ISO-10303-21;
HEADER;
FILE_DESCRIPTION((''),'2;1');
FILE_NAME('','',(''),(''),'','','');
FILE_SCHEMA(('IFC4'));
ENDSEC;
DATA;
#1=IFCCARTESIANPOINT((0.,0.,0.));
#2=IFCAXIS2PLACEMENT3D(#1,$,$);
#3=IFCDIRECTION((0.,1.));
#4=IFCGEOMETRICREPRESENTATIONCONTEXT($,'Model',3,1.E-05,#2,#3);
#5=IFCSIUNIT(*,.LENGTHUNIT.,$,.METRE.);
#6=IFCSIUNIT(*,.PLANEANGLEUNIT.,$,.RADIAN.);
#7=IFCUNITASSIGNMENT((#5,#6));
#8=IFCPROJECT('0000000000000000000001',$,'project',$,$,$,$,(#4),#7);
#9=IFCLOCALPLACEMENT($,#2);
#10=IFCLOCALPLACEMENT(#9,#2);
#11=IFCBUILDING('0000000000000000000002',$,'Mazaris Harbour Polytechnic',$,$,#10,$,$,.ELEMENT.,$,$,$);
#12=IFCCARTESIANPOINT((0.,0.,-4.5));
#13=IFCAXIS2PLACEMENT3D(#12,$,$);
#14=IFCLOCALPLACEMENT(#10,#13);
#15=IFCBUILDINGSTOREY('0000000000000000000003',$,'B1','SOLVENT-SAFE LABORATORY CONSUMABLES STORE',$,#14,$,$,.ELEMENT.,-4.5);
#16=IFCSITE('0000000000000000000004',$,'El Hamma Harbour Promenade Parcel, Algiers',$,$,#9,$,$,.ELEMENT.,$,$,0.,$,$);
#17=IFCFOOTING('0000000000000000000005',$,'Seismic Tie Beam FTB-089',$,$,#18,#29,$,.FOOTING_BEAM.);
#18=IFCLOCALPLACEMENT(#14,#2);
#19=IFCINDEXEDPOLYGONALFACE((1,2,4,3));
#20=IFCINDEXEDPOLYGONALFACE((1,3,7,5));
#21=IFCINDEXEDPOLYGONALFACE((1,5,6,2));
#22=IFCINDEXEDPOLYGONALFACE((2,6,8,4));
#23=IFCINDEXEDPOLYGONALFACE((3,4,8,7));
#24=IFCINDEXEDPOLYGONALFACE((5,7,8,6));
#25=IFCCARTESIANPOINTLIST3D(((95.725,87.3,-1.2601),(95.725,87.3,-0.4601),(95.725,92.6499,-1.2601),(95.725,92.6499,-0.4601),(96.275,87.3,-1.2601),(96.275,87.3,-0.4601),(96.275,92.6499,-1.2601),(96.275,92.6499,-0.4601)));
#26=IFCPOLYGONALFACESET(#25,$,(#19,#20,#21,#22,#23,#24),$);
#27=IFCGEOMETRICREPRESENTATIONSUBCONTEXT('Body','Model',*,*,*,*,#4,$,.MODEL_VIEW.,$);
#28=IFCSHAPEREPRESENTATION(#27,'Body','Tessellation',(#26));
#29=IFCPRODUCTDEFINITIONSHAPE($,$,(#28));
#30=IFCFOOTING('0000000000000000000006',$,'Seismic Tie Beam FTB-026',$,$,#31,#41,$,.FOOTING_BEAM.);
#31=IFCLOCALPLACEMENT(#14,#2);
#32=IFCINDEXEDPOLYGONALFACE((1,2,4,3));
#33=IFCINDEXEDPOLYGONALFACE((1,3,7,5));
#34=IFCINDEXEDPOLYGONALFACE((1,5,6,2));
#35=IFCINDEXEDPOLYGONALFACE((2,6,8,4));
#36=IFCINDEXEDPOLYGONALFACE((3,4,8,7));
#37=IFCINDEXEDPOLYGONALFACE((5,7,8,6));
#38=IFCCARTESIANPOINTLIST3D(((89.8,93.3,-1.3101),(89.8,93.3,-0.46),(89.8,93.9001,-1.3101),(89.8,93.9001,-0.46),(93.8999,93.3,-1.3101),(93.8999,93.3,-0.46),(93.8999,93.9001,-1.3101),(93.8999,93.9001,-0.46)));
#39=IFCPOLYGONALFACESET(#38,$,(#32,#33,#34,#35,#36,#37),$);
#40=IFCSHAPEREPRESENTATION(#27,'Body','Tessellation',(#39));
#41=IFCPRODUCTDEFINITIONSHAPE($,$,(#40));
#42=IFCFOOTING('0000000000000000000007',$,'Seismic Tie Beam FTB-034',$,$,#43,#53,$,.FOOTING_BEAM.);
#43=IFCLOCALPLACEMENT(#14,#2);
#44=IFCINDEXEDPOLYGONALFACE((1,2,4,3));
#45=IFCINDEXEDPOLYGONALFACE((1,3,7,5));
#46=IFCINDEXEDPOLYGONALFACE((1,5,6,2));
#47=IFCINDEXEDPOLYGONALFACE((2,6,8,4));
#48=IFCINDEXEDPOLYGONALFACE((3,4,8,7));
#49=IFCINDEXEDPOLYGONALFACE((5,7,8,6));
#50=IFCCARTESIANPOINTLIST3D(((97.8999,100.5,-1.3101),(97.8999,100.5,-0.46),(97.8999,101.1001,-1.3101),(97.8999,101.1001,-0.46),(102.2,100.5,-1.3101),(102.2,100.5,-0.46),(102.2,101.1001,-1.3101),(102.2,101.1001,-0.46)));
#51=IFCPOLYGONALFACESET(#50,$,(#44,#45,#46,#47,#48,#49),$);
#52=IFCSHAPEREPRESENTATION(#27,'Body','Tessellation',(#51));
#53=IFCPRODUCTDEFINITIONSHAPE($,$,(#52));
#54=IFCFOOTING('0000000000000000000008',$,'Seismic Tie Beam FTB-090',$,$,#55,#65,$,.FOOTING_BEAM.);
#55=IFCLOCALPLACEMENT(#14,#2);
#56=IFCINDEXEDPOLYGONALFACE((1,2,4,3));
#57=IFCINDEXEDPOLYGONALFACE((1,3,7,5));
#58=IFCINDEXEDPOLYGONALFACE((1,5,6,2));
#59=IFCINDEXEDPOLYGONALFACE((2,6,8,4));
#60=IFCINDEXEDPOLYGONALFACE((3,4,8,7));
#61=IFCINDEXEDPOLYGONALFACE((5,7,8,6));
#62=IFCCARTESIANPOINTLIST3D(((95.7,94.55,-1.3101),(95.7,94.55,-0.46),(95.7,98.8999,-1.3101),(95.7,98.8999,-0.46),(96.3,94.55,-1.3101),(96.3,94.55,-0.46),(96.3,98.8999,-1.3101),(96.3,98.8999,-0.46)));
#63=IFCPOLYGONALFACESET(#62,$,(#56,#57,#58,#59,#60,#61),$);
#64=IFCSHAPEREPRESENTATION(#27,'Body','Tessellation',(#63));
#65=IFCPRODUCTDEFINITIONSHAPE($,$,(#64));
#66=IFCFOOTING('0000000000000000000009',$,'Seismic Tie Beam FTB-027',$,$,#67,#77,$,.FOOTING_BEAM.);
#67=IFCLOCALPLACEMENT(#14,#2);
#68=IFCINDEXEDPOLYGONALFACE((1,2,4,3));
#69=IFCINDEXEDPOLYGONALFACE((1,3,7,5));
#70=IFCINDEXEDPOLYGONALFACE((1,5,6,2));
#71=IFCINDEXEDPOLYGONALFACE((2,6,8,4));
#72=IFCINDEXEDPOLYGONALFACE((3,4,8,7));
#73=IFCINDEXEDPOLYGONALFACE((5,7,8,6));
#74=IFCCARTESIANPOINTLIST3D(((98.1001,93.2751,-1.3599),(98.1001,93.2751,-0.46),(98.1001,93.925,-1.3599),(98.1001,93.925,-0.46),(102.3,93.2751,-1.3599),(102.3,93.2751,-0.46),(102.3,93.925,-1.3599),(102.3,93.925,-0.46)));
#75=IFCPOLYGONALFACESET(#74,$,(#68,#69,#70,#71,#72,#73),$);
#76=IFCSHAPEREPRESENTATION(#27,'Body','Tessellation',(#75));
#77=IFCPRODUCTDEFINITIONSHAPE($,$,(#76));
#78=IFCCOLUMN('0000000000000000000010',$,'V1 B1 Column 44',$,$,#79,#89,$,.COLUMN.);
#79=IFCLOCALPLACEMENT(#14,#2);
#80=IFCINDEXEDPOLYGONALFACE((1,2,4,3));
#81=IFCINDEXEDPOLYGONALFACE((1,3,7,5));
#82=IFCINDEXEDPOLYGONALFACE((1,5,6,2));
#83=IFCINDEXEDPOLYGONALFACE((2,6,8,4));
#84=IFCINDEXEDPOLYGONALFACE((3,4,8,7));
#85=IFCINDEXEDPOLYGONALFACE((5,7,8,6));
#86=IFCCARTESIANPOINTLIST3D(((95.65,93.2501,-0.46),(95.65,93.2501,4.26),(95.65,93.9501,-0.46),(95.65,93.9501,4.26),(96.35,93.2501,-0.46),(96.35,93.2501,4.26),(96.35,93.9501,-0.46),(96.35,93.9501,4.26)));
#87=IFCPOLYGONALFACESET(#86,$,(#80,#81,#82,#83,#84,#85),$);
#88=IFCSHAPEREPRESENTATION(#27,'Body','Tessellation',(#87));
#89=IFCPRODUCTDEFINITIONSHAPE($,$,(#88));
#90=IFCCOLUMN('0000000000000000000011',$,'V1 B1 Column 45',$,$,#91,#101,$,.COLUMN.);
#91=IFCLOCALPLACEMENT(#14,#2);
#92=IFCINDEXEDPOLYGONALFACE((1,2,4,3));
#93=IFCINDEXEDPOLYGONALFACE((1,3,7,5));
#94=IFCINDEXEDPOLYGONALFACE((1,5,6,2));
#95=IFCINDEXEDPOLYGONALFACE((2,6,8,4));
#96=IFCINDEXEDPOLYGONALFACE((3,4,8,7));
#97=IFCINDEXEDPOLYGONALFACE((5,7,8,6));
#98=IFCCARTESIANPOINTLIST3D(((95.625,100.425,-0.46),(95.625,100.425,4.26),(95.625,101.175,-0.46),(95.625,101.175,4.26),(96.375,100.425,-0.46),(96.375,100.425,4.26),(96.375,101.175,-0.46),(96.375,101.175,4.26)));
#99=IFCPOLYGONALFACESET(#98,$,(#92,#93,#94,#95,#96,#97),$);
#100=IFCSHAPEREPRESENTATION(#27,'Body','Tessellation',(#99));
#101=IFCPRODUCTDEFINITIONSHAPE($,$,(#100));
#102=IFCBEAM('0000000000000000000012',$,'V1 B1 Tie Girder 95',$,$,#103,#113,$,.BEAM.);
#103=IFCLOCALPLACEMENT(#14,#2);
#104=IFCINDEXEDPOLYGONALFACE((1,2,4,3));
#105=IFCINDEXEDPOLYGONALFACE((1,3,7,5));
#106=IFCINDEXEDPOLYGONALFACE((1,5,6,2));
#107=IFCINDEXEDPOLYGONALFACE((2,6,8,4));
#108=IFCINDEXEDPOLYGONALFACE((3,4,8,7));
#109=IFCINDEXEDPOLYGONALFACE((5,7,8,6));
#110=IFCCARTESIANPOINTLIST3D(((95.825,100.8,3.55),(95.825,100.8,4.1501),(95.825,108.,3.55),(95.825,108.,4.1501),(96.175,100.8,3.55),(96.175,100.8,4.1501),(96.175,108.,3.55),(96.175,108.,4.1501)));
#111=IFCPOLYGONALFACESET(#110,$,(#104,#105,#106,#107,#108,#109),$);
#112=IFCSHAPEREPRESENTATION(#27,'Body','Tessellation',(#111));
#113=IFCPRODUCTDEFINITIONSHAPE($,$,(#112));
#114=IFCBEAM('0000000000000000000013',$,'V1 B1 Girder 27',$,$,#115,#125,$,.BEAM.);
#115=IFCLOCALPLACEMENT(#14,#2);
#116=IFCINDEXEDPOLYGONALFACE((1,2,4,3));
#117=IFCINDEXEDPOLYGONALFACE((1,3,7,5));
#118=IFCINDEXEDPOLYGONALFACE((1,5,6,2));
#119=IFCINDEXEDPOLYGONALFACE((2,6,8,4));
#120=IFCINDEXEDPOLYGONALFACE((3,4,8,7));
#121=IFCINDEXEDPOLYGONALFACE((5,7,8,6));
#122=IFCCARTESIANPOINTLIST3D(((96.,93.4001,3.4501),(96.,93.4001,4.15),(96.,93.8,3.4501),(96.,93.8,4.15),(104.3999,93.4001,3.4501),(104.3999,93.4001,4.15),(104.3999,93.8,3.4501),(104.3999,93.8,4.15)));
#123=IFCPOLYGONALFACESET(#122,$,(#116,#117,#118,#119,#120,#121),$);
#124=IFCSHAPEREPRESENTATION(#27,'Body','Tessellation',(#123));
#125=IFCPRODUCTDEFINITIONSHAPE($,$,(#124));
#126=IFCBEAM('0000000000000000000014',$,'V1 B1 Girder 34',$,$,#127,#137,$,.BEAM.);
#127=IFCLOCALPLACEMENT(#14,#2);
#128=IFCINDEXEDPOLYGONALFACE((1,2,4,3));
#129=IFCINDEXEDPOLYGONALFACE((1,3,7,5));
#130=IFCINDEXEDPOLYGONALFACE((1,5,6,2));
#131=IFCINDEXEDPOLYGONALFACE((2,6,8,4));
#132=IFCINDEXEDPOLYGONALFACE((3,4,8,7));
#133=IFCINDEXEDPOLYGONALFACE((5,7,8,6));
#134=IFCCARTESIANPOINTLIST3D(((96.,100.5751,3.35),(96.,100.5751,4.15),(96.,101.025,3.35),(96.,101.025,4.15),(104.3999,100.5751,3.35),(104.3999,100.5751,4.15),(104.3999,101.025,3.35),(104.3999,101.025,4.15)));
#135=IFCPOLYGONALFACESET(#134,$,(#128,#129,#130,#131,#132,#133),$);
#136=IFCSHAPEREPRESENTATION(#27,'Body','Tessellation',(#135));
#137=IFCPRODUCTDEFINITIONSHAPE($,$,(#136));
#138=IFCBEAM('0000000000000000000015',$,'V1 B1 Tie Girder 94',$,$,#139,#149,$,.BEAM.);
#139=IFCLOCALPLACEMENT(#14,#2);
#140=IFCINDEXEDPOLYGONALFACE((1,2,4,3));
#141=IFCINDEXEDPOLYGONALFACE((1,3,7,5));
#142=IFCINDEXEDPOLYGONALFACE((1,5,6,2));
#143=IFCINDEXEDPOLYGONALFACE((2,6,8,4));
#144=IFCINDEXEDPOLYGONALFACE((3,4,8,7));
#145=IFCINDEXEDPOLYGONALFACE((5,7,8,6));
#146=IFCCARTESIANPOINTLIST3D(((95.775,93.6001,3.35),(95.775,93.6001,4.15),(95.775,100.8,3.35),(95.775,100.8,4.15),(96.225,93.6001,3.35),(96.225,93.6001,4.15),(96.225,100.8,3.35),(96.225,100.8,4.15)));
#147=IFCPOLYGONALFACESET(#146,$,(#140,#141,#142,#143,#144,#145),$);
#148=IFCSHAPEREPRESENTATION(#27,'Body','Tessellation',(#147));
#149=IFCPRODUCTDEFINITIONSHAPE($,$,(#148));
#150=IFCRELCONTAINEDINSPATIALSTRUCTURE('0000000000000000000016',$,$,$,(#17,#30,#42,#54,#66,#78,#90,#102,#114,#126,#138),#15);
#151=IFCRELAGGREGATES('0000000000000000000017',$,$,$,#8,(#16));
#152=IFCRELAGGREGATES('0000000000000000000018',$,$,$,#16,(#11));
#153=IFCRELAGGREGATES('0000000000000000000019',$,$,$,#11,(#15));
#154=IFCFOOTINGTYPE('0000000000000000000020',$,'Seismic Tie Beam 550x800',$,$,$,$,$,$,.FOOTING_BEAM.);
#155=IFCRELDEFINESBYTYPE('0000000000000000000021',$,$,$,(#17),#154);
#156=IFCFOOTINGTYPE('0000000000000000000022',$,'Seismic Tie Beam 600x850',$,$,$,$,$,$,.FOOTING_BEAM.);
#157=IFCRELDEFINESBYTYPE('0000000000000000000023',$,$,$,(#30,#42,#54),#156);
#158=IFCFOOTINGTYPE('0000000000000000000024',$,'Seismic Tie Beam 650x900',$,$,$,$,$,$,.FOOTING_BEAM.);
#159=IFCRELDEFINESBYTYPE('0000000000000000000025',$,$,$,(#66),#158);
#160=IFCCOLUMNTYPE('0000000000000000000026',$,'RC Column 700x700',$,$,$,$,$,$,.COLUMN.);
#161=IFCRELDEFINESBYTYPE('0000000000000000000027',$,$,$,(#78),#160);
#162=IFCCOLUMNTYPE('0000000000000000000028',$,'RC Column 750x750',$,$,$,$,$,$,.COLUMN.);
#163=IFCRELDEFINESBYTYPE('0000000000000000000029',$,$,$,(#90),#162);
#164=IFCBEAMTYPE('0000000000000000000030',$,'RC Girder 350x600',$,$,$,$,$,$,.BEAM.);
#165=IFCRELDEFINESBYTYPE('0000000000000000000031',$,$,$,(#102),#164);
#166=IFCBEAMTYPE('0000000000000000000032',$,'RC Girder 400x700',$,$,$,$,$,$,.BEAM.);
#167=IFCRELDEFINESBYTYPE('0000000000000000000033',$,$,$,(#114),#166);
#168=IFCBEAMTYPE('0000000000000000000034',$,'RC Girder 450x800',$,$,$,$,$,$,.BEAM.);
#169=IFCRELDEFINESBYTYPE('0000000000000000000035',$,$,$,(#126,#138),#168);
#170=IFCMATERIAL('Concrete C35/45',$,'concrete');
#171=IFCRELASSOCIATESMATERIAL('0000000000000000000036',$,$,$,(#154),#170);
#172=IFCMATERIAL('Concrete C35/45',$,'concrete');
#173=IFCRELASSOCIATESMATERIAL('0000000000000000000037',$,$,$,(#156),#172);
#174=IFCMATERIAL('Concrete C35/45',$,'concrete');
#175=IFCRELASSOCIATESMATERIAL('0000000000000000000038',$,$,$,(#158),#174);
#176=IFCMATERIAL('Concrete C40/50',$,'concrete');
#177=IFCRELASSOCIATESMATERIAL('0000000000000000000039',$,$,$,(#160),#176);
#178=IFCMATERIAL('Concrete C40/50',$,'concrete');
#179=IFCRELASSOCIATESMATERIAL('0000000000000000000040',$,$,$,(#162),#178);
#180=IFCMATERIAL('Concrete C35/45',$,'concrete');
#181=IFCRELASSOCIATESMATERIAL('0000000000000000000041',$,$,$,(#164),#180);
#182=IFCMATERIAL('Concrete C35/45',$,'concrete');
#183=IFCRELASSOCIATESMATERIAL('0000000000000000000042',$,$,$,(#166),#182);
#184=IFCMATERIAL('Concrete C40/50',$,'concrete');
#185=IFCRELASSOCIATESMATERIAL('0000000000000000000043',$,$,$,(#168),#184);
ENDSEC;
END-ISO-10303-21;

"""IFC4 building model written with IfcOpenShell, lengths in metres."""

from ifc_helpers import new_model, si_unit, direction, frame, origin, origin_2d, place, context, subcontext, project, spatial, rectangle, extrude, material, material_profile, profile_set, type_object, element, save


model = new_model("IFC4")

# Units and contexts
model_context = context("Model", 3, precision=1e-05, world=origin(), true_north=direction((0.0, 1.0)))
body_context = subcontext(model_context, "Body", "Model", "MODEL_VIEW")
ifc_project = project(units=[si_unit("LENGTHUNIT", "METRE"), si_unit("PLANEANGLEUNIT", "RADIAN")], contexts=[model_context])

# Site, building, storey
site_placement = place(None, origin())
site = spatial("IfcSite", under=ifc_project, at=site_placement, Name="El Hamma Harbour Promenade Parcel, Algiers", CompositionType="ELEMENT", RefElevation=0.0)
building_placement = place(site_placement, origin())
building = spatial("IfcBuilding", under=site, at=building_placement, Name="Mazaris Harbour Polytechnic", CompositionType="ELEMENT")
storey_placement = place(building_placement, frame((0.0, 0.0, -4.5)))
storey = spatial("IfcBuildingStorey", under=building, at=storey_placement, Name="B1", Description="SOLVENT-SAFE LABORATORY CONSUMABLES STORE", CompositionType="ELEMENT", Elevation=-4.5)

# Footings
ifc_material_1 = material(Name="Concrete C35/45", Category="concrete")
ifc_material_profile_1 = material_profile(ifc_material_1, rectangle(XDim=0.55, YDim=0.8, at=origin_2d()), Name="RECT550x800")
ifc_profile_set_1 = profile_set([ifc_material_profile_1], Name="Concrete C35/45")
footing_type_1 = type_object("IfcFootingType", Name="Seismic Tie Beam 550x800", PredefinedType="FOOTING_BEAM", material=ifc_profile_set_1)
footing_1_placement = place(storey_placement, frame((96.0, 87.3, -0.8601), z_axis=(0.0, 1.0, 0.0), x_axis=(-1.0, 0.0, 0.0)))
element("IfcFooting", 1, at=footing_1_placement, inside=storey, type_object=footing_type_1, Name="Seismic Tie Beam FTB-089", PredefinedType="FOOTING_BEAM", context=body_context, shape_type="SweptSolid", body=[
    extrude(rectangle(XDim=0.55, YDim=0.8, at=origin_2d()), origin(), (0.0, 0.0, 1.0), 5.3499),
])
ifc_material_2 = material(Name="Concrete C35/45", Category="concrete")
ifc_material_profile_2 = material_profile(ifc_material_2, rectangle(XDim=0.6001, YDim=0.8501, at=origin_2d()), Name="RECT600x850")
ifc_profile_set_2 = profile_set([ifc_material_profile_2], Name="Concrete C35/45")
footing_type_2 = type_object("IfcFootingType", Name="Seismic Tie Beam 600x850", PredefinedType="FOOTING_BEAM", material=ifc_profile_set_2)
footing_2_placement = place(storey_placement, frame((89.8, 93.6001, -0.885), z_axis=(1.0, 0.0, 0.0), x_axis=(0.0, 1.0, 0.0)))
element("IfcFooting", 2, at=footing_2_placement, inside=storey, type_object=footing_type_2, Name="Seismic Tie Beam FTB-026", PredefinedType="FOOTING_BEAM", context=body_context, shape_type="SweptSolid", body=[
    extrude(rectangle(XDim=0.6001, YDim=0.8501, at=origin_2d()), origin(), (0.0, 0.0, 1.0), 4.0999),
])
footing_3_placement = place(storey_placement, frame((97.8999, 100.8, -0.885), z_axis=(1.0, 0.0, 0.0), x_axis=(0.0, 1.0, 0.0)))
element("IfcFooting", 3, at=footing_3_placement, inside=storey, type_object=footing_type_2, Name="Seismic Tie Beam FTB-034", PredefinedType="FOOTING_BEAM", context=body_context, shape_type="SweptSolid", body=[
    extrude(rectangle(XDim=0.6001, YDim=0.8501, at=origin_2d()), origin(), (0.0, 0.0, 1.0), 4.3),
])
footing_4_placement = place(storey_placement, frame((96.0, 94.55, -0.885), z_axis=(0.0, 1.0, 0.0), x_axis=(-1.0, 0.0, 0.0)))
element("IfcFooting", 4, at=footing_4_placement, inside=storey, type_object=footing_type_2, Name="Seismic Tie Beam FTB-090", PredefinedType="FOOTING_BEAM", context=body_context, shape_type="SweptSolid", body=[
    extrude(rectangle(XDim=0.6001, YDim=0.8501, at=origin_2d()), origin(), (0.0, 0.0, 1.0), 4.3499),
])
ifc_material_3 = material(Name="Concrete C35/45", Category="concrete")
ifc_material_profile_3 = material_profile(ifc_material_3, rectangle(XDim=0.6499, YDim=0.8999, at=origin_2d()), Name="RECT650x900")
ifc_profile_set_3 = profile_set([ifc_material_profile_3], Name="Concrete C35/45")
footing_type_3 = type_object("IfcFootingType", Name="Seismic Tie Beam 650x900", PredefinedType="FOOTING_BEAM", material=ifc_profile_set_3)
footing_5_placement = place(storey_placement, frame((98.1001, 93.6001, -0.9099), z_axis=(1.0, 0.0, 0.0), x_axis=(0.0, 1.0, 0.0)))
element("IfcFooting", 5, at=footing_5_placement, inside=storey, type_object=footing_type_3, Name="Seismic Tie Beam FTB-027", PredefinedType="FOOTING_BEAM", context=body_context, shape_type="SweptSolid", body=[
    extrude(rectangle(XDim=0.6499, YDim=0.8999, at=origin_2d()), origin(), (0.0, 0.0, 1.0), 4.2),
])

# Columns
ifc_material_4 = material(Name="Concrete C40/50", Category="concrete")
ifc_material_profile_4 = material_profile(ifc_material_4, rectangle(XDim=0.7, YDim=0.7, at=origin_2d()), Name="RECT700x700")
ifc_profile_set_4 = profile_set([ifc_material_profile_4], Name="Concrete C40/50")
column_type_1 = type_object("IfcColumnType", Name="RC Column 700x700", PredefinedType="COLUMN", material=ifc_profile_set_4)
column_1_placement = place(storey_placement, frame((96.0, 93.6001, -0.46), z_axis=(0.0, 0.0, 1.0), x_axis=(1.0, 0.0, 0.0)))
element("IfcColumn", 6, at=column_1_placement, inside=storey, type_object=column_type_1, Name="V1 B1 Column 44", PredefinedType="COLUMN", context=body_context, shape_type="SweptSolid", body=[
    extrude(rectangle(XDim=0.7, YDim=0.7, at=origin_2d()), origin(), (0.0, 0.0, 1.0), 4.72),
])
ifc_material_5 = material(Name="Concrete C40/50", Category="concrete")
ifc_material_profile_5 = material_profile(ifc_material_5, rectangle(XDim=0.75, YDim=0.75, at=origin_2d()), Name="RECT750x750")
ifc_profile_set_5 = profile_set([ifc_material_profile_5], Name="Concrete C40/50")
column_type_2 = type_object("IfcColumnType", Name="RC Column 750x750", PredefinedType="COLUMN", material=ifc_profile_set_5)
column_2_placement = place(storey_placement, frame((96.0, 100.8, -0.46), z_axis=(0.0, 0.0, 1.0), x_axis=(1.0, 0.0, 0.0)))
element("IfcColumn", 7, at=column_2_placement, inside=storey, type_object=column_type_2, Name="V1 B1 Column 45", PredefinedType="COLUMN", context=body_context, shape_type="SweptSolid", body=[
    extrude(rectangle(XDim=0.75, YDim=0.75, at=origin_2d()), origin(), (0.0, 0.0, 1.0), 4.72),
])

# Beams
ifc_material_6 = material(Name="Concrete C35/45", Category="concrete")
ifc_material_profile_6 = material_profile(ifc_material_6, rectangle(XDim=0.3501, YDim=0.6001, at=origin_2d()), Name="RECT350x600")
ifc_profile_set_6 = profile_set([ifc_material_profile_6], Name="Concrete C35/45")
beam_type_1 = type_object("IfcBeamType", Name="RC Girder 350x600", PredefinedType="BEAM", material=ifc_profile_set_6)
beam_1_placement = place(storey_placement, frame((96.0, 100.8, 3.8501), z_axis=(0.0, 1.0, 0.0), x_axis=(-1.0, 0.0, 0.0)))
element("IfcBeam", 8, at=beam_1_placement, inside=storey, type_object=beam_type_1, Name="V1 B1 Tie Girder 95", PredefinedType="BEAM", context=body_context, shape_type="SweptSolid", body=[
    extrude(rectangle(XDim=0.3501, YDim=0.6001, at=origin_2d()), origin(), (0.0, 0.0, 1.0), 7.2),
])
ifc_material_7 = material(Name="Concrete C35/45", Category="concrete")
ifc_material_profile_7 = material_profile(ifc_material_7, rectangle(XDim=0.3999, YDim=0.7, at=origin_2d()), Name="RECT400x700")
ifc_profile_set_7 = profile_set([ifc_material_profile_7], Name="Concrete C35/45")
beam_type_2 = type_object("IfcBeamType", Name="RC Girder 400x700", PredefinedType="BEAM", material=ifc_profile_set_7)
beam_2_placement = place(storey_placement, frame((96.0, 93.6001, 3.8), z_axis=(1.0, 0.0, 0.0), x_axis=(0.0, 1.0, 0.0)))
element("IfcBeam", 9, at=beam_2_placement, inside=storey, type_object=beam_type_2, Name="V1 B1 Girder 27", PredefinedType="BEAM", context=body_context, shape_type="SweptSolid", body=[
    extrude(rectangle(XDim=0.3999, YDim=0.7, at=origin_2d()), origin(), (0.0, 0.0, 1.0), 8.3999),
])
ifc_material_8 = material(Name="Concrete C40/50", Category="concrete")
ifc_material_profile_8 = material_profile(ifc_material_8, rectangle(XDim=0.45, YDim=0.8, at=origin_2d()), Name="RECT450x800")
ifc_profile_set_8 = profile_set([ifc_material_profile_8], Name="Concrete C40/50")
beam_type_3 = type_object("IfcBeamType", Name="RC Girder 450x800", PredefinedType="BEAM", material=ifc_profile_set_8)
beam_3_placement = place(storey_placement, frame((96.0, 100.8, 3.75), z_axis=(1.0, 0.0, 0.0), x_axis=(0.0, 1.0, 0.0)))
element("IfcBeam", 10, at=beam_3_placement, inside=storey, type_object=beam_type_3, Name="V1 B1 Girder 34", PredefinedType="BEAM", context=body_context, shape_type="SweptSolid", body=[
    extrude(rectangle(XDim=0.45, YDim=0.8, at=origin_2d()), origin(), (0.0, 0.0, 1.0), 8.3999),
])
beam_4_placement = place(storey_placement, frame((96.0, 93.6001, 3.75), z_axis=(0.0, 1.0, 0.0), x_axis=(-1.0, 0.0, 0.0)))
element("IfcBeam", 11, at=beam_4_placement, inside=storey, type_object=beam_type_3, Name="V1 B1 Tie Girder 94", PredefinedType="BEAM", context=body_context, shape_type="SweptSolid", body=[
    extrude(rectangle(XDim=0.45, YDim=0.8, at=origin_2d()), origin(), (0.0, 0.0, 1.0), 7.2),
])

save(model, "model.ifc")
